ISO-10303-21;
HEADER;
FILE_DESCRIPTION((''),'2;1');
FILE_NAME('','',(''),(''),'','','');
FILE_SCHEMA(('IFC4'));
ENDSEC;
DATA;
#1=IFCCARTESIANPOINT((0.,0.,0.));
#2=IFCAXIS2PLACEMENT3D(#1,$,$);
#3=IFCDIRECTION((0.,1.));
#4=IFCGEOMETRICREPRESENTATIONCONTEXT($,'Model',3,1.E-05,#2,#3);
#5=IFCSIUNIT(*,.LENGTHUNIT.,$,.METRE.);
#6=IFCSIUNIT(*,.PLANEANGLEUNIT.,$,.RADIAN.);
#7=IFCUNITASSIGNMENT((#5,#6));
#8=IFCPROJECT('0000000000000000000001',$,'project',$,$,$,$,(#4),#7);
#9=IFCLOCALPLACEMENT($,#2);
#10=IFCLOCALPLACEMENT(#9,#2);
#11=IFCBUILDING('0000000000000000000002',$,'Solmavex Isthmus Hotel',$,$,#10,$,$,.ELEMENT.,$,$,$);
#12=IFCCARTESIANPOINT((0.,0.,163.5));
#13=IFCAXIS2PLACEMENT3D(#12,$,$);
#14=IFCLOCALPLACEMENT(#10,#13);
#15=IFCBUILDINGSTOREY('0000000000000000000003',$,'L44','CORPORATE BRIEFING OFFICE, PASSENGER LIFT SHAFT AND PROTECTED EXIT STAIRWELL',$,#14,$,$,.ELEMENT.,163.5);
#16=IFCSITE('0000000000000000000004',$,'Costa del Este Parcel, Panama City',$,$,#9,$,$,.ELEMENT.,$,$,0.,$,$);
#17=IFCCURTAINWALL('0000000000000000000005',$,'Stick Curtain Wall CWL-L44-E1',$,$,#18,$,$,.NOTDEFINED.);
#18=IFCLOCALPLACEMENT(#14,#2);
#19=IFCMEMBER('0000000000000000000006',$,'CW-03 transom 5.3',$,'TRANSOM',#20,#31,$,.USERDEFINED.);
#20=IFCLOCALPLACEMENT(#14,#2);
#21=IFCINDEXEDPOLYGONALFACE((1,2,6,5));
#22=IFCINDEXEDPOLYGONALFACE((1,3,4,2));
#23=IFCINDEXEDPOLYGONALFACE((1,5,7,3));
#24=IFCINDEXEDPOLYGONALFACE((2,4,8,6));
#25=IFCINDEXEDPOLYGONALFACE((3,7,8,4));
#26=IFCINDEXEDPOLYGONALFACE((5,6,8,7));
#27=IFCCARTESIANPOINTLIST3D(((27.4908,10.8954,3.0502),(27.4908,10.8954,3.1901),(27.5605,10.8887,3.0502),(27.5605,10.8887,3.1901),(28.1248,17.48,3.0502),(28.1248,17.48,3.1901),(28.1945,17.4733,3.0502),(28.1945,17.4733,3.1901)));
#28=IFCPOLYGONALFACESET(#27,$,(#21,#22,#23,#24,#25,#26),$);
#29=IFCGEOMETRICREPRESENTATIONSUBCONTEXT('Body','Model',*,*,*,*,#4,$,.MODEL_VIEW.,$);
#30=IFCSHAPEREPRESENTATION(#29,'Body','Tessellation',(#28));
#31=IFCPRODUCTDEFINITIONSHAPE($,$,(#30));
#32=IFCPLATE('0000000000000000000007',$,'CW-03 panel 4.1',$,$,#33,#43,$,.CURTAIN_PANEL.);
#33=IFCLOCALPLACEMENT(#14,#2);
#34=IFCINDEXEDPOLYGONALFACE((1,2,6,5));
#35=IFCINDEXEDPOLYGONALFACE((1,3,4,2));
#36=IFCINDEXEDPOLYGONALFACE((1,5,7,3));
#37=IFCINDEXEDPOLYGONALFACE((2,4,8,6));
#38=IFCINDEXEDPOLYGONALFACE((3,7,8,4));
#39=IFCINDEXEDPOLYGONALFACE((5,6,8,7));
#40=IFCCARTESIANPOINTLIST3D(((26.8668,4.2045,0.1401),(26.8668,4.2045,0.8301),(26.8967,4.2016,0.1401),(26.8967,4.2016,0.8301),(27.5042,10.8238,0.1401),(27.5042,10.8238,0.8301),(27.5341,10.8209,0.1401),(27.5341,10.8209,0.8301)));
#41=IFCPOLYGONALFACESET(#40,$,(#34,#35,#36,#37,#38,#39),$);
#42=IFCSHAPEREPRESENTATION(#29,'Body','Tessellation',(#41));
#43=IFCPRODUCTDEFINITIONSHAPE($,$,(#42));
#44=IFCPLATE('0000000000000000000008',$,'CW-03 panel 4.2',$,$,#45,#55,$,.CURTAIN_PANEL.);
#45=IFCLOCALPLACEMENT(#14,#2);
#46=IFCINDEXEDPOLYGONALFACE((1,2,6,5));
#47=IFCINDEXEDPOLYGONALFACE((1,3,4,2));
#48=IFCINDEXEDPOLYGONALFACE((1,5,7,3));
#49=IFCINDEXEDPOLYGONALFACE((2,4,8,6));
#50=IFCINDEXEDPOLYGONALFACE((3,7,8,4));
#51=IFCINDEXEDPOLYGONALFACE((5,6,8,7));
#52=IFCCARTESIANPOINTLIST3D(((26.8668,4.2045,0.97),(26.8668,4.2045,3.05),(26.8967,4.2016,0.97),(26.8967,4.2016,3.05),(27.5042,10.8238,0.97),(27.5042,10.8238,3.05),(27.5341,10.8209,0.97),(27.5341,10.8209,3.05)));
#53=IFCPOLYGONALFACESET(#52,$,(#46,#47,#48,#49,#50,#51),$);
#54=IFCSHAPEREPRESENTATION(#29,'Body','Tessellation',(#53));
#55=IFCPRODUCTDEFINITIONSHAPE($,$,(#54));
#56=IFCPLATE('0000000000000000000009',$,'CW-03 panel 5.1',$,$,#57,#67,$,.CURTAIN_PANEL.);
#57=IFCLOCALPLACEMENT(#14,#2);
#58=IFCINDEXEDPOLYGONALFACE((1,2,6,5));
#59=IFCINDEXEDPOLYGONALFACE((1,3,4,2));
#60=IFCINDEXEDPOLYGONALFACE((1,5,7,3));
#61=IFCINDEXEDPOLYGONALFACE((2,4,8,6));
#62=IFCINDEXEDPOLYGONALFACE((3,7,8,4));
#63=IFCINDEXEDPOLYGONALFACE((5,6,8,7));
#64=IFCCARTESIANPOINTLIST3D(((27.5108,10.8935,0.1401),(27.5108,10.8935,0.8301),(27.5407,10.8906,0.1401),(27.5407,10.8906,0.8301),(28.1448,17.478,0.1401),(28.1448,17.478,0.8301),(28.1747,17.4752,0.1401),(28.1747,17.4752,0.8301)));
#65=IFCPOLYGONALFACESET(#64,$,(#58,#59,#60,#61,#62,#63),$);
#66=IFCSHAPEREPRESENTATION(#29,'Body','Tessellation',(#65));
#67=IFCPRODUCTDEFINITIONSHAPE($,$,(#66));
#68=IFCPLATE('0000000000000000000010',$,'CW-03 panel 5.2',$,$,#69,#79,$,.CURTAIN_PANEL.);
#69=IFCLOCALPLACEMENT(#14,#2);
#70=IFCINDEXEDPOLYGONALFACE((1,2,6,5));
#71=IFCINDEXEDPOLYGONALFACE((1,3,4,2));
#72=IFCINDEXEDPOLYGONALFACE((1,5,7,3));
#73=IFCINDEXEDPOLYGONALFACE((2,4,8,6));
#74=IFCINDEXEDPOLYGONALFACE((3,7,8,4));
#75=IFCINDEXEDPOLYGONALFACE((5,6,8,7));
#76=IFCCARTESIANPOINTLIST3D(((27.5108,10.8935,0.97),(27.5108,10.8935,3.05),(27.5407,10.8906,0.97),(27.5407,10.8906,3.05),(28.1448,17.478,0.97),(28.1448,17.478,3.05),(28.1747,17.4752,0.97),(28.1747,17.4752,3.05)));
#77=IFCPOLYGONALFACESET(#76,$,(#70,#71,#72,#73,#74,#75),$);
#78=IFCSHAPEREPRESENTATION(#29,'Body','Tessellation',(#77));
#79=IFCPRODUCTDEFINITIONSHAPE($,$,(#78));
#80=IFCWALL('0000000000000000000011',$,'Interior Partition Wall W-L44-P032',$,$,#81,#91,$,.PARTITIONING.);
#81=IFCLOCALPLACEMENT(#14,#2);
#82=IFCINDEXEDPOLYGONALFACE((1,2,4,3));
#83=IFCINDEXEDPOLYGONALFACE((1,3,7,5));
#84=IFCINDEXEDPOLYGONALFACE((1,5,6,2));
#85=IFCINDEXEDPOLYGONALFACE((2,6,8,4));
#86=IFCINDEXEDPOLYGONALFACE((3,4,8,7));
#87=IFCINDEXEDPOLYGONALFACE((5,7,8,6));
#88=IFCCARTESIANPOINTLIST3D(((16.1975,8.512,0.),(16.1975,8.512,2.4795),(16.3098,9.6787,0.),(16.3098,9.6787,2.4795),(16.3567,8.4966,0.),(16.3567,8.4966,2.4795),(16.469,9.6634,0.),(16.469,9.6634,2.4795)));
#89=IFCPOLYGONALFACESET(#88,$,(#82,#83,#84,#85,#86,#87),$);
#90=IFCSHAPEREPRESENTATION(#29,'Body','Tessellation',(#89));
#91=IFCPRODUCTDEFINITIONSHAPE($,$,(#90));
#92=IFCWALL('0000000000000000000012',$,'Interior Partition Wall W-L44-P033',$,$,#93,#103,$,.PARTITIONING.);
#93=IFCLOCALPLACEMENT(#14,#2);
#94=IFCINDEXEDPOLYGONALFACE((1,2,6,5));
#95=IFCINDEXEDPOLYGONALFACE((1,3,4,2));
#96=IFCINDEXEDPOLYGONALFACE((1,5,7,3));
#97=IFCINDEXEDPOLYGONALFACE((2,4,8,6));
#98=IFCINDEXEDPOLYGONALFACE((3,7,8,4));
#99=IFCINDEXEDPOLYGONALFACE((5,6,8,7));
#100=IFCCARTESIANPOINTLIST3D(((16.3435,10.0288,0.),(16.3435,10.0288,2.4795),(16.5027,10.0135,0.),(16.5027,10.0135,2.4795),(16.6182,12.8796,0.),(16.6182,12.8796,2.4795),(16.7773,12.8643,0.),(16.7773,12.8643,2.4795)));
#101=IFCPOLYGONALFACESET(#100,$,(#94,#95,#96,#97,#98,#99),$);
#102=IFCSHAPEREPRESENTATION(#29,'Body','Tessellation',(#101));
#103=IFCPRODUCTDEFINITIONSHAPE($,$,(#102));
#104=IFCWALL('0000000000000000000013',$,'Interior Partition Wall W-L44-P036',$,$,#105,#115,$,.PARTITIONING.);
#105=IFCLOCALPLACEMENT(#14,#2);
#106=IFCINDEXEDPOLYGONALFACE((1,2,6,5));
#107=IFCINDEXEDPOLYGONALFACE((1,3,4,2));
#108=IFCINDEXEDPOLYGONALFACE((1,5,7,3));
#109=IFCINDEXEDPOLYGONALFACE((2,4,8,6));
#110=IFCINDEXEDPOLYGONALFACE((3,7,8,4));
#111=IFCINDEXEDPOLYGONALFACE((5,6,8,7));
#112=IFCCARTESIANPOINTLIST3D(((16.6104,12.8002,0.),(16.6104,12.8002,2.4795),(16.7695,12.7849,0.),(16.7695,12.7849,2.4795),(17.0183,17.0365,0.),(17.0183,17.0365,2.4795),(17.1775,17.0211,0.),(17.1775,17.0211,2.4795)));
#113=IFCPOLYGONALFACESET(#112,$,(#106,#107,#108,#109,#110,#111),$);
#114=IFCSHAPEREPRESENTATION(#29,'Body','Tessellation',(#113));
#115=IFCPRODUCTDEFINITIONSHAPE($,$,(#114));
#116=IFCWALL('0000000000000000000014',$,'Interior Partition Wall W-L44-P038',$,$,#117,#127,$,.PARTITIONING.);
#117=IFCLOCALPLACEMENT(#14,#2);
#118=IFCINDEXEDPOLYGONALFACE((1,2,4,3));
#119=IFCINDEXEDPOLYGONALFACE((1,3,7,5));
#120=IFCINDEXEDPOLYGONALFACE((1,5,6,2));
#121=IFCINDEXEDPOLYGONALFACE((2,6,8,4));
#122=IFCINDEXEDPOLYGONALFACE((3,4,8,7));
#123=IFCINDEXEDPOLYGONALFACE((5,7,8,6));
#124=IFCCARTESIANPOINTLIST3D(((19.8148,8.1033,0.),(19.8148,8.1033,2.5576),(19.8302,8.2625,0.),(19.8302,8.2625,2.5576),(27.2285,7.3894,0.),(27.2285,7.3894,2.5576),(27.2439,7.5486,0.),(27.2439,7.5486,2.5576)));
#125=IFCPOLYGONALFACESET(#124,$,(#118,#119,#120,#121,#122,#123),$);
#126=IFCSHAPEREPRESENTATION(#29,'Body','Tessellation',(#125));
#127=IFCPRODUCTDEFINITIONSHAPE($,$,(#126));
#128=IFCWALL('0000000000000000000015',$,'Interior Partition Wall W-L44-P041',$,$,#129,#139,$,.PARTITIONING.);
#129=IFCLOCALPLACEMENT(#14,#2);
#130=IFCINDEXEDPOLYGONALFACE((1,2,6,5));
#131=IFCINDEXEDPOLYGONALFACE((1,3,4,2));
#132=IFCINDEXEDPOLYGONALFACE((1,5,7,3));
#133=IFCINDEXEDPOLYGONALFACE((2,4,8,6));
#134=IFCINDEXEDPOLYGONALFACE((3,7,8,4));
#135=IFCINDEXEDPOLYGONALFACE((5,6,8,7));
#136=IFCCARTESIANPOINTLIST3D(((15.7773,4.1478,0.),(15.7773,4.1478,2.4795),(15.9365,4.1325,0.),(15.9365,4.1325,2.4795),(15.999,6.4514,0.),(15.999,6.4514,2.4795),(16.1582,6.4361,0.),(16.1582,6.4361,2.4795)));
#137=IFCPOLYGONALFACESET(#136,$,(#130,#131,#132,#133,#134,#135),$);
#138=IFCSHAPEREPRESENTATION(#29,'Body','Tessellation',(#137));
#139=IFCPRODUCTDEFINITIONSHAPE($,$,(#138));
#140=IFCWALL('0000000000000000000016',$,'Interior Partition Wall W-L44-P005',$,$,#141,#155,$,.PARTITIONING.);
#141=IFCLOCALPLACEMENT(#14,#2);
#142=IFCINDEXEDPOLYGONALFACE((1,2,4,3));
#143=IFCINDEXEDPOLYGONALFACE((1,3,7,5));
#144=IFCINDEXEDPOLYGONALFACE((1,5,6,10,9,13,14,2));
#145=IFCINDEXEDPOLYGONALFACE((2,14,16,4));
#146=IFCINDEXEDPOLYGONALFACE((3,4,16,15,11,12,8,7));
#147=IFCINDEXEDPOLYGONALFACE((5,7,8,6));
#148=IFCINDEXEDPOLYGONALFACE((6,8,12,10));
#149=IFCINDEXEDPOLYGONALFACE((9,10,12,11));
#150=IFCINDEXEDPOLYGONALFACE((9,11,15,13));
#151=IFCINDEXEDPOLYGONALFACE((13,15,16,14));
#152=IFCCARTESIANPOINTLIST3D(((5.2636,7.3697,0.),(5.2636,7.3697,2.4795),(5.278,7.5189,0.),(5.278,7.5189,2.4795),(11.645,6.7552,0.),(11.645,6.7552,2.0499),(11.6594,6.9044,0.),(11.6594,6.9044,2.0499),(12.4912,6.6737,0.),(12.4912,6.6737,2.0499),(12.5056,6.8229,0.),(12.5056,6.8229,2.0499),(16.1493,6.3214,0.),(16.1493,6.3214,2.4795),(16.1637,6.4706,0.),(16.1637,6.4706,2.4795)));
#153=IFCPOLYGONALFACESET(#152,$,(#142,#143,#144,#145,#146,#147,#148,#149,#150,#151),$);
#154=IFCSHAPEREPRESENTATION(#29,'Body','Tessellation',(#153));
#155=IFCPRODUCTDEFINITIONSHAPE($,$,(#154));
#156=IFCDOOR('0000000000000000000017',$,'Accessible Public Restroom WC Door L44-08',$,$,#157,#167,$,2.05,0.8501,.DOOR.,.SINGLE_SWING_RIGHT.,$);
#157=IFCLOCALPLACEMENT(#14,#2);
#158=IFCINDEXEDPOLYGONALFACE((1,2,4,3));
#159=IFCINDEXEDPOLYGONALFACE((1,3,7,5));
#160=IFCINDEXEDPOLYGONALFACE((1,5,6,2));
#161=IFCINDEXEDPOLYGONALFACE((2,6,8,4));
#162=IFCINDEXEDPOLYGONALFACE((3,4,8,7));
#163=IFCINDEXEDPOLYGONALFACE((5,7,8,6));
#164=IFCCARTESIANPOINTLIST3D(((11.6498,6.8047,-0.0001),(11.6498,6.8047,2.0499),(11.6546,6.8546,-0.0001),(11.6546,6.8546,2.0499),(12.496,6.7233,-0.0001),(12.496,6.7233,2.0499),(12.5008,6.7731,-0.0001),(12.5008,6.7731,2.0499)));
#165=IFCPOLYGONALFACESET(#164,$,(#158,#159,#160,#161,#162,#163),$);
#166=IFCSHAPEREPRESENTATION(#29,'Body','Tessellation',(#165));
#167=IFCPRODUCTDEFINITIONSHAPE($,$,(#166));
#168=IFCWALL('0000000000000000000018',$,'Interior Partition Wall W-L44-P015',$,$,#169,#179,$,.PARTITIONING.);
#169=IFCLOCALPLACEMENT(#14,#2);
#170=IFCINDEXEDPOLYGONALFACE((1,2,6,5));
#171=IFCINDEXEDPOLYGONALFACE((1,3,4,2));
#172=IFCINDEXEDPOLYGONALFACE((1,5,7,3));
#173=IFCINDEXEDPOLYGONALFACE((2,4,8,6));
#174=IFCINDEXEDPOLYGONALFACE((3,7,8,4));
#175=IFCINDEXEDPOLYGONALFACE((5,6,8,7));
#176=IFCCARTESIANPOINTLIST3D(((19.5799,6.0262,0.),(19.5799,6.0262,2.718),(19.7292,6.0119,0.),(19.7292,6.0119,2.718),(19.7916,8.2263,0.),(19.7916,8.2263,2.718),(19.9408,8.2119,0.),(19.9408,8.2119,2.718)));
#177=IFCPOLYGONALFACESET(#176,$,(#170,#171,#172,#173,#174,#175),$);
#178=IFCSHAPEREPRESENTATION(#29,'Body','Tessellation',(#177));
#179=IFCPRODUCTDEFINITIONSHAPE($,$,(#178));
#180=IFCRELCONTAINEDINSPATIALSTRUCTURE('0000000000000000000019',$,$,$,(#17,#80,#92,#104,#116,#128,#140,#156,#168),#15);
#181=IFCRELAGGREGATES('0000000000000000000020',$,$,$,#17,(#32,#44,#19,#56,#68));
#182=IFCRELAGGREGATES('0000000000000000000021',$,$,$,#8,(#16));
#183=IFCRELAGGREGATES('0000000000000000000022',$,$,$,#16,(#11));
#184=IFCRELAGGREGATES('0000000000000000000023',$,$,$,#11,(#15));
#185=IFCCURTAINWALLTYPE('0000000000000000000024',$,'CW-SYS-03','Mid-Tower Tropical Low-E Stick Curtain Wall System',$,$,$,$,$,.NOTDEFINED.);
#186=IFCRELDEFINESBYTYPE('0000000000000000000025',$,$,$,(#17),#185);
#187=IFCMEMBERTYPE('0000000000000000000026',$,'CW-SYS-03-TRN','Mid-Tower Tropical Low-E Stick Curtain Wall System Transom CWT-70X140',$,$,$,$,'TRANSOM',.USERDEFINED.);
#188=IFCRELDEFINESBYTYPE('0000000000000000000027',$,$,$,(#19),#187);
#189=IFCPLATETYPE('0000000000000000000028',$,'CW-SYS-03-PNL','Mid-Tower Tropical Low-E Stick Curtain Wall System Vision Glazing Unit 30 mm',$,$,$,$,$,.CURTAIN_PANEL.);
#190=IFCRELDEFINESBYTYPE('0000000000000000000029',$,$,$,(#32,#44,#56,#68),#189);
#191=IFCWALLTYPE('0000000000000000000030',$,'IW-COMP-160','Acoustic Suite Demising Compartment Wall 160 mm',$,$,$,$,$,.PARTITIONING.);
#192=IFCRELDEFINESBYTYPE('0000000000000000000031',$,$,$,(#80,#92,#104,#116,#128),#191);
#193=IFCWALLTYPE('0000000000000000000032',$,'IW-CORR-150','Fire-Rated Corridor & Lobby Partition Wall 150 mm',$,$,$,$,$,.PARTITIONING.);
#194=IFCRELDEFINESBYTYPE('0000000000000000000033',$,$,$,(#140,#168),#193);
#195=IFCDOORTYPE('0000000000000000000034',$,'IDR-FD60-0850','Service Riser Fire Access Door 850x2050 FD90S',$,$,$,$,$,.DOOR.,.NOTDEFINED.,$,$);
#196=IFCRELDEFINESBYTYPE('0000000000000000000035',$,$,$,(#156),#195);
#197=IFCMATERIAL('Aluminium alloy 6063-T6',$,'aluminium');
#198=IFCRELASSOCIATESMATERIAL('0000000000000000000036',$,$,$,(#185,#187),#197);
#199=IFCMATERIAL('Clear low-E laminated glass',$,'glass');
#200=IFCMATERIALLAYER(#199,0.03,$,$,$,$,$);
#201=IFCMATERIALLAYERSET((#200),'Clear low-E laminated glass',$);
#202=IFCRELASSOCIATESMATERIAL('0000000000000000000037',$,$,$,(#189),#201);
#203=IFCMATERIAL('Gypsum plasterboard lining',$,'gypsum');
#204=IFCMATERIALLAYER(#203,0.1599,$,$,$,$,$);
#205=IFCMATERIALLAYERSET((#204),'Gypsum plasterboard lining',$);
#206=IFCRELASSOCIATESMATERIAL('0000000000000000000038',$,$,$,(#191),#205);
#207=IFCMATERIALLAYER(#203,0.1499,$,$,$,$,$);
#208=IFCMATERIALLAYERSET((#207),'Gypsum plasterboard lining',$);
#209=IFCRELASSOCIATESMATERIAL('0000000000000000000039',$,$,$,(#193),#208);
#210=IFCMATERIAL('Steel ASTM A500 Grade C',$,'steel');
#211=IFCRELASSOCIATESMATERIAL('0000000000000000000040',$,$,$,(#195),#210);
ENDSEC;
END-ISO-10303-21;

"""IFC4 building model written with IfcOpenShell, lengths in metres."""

from ifc_helpers import new_model, si_unit, direction, frame, frame_2d, origin, origin_2d, place, context, subcontext, project, spatial, rectangle, extrude, material, layer, layer_set, material_profile, profile_set, type_object, element, fill, aggregate, save


model = new_model("IFC4")

# Units and contexts
model_context = context("Model", 3, precision=1e-05, world=origin(), true_north=direction((0.0, 1.0)))
body_context = subcontext(model_context, "Body", "Model", "MODEL_VIEW")
ifc_project = project(units=[si_unit("LENGTHUNIT", "METRE"), si_unit("PLANEANGLEUNIT", "RADIAN")], contexts=[model_context])

# Site, building, storey
site_placement = place(None, origin())
site = spatial("IfcSite", under=ifc_project, at=site_placement, Name="Costa del Este Parcel, Panama City", CompositionType="ELEMENT", RefElevation=0.0)
building_placement = place(site_placement, origin())
building = spatial("IfcBuilding", under=site, at=building_placement, Name="Solmavex Isthmus Hotel", CompositionType="ELEMENT")
storey_placement = place(building_placement, frame((0.0, 0.0, 163.5)))
storey = spatial("IfcBuildingStorey", under=building, at=storey_placement, Name="L44", Description="CORPORATE BRIEFING OFFICE, PASSENGER LIFT SHAFT AND PROTECTED EXIT STAIRWELL", CompositionType="ELEMENT", Elevation=163.5)

# Curtain wall, member, plates
ifc_material_1 = material(Name="Aluminium alloy 6063-T6", Category="aluminium")
curtain_wall_type = type_object("IfcCurtainWallType", Name="CW-SYS-03", Description="Mid-Tower Tropical Low-E Stick Curtain Wall System", PredefinedType="NOTDEFINED", material=ifc_material_1)
curtain_wall_placement = place(storey_placement, origin())
curtain_wall = element("IfcCurtainWall", 1, at=curtain_wall_placement, inside=storey, type_object=curtain_wall_type, Name="Stick Curtain Wall CWL-L44-E1", PredefinedType="NOTDEFINED")
ifc_material_profile_1 = material_profile(ifc_material_1, rectangle(XDim=0.0701, YDim=0.1399, at=origin_2d()), Name="CWT-70X140")
ifc_profile_set_1 = profile_set([ifc_material_profile_1], Name="Aluminium alloy 6063-T6")
member_type_1 = type_object("IfcMemberType", Name="CW-SYS-03-TRN", Description="Mid-Tower Tropical Low-E Stick Curtain Wall System Transom CWT-70X140", ElementType="TRANSOM", PredefinedType="USERDEFINED", material=ifc_profile_set_1)
member_1_placement = place(storey_placement, frame((27.5256, 10.8921, 3.1201), z_axis=(0.095849, 0.995396, 0.0), x_axis=(-0.995396, 0.095849, 0.0)))
member_1 = element("IfcMember", 2, at=member_1_placement, type_object=member_type_1, Name="CW-03 transom 5.3", ObjectType="TRANSOM", PredefinedType="USERDEFINED", context=body_context, shape_type="SweptSolid", body=[
    extrude(rectangle(XDim=0.0701, YDim=0.1399, at=origin_2d()), origin(), (0.0, 0.0, 1.0), 6.615),
])
ifc_material_2 = material(Name="Clear low-E laminated glass", Category="glass")
ifc_layer_1 = layer(ifc_material_2, 0.03)
ifc_layer_set_1 = layer_set([ifc_layer_1], Name="Clear low-E laminated glass")
plate_type = type_object("IfcPlateType", Name="CW-SYS-03-PNL", Description="Mid-Tower Tropical Low-E Stick Curtain Wall System Vision Glazing Unit 30 mm", PredefinedType="CURTAIN_PANEL", material=ifc_layer_set_1)
plate_1_placement = place(storey_placement, frame((27.2004, 7.5127, 0.1401), z_axis=(0.0, 0.0, 1.0), x_axis=(0.095846, 0.995396, 0.0)))
plate_1 = element("IfcPlate", 3, at=plate_1_placement, type_object=plate_type, Name="CW-03 panel 4.1", PredefinedType="CURTAIN_PANEL", context=body_context, shape_type="SweptSolid", body=[
    extrude(rectangle(XDim=6.6499, YDim=0.03, at=origin_2d()), origin(), (0.0, 0.0, 1.0), 0.6899),
])
plate_2_placement = place(storey_placement, frame((27.2004, 7.5127, 0.97), z_axis=(0.0, 0.0, 1.0), x_axis=(0.095846, 0.995396, 0.0)))
plate_2 = element("IfcPlate", 4, at=plate_2_placement, type_object=plate_type, Name="CW-03 panel 4.2", PredefinedType="CURTAIN_PANEL", context=body_context, shape_type="SweptSolid", body=[
    extrude(rectangle(XDim=6.6499, YDim=0.03, at=origin_2d()), origin(), (0.0, 0.0, 1.0), 2.0801),
])
plate_3_placement = place(storey_placement, frame((27.8428, 14.1843, 0.1401), z_axis=(0.0, 0.0, 1.0), x_axis=(0.095846, 0.995396, 0.0)))
plate_3 = element("IfcPlate", 5, at=plate_3_placement, type_object=plate_type, Name="CW-03 panel 5.1", PredefinedType="CURTAIN_PANEL", context=body_context, shape_type="SweptSolid", body=[
    extrude(rectangle(XDim=6.615, YDim=0.03, at=origin_2d()), origin(), (0.0, 0.0, 1.0), 0.6899),
])
plate_4_placement = place(storey_placement, frame((27.8428, 14.1843, 0.97), z_axis=(0.0, 0.0, 1.0), x_axis=(0.095846, 0.995396, 0.0)))
plate_4 = element("IfcPlate", 6, at=plate_4_placement, type_object=plate_type, Name="CW-03 panel 5.2", PredefinedType="CURTAIN_PANEL", context=body_context, shape_type="SweptSolid", body=[
    extrude(rectangle(XDim=6.615, YDim=0.03, at=origin_2d()), origin(), (0.0, 0.0, 1.0), 2.0801),
])
aggregate(curtain_wall, [plate_1, plate_2, member_1, plate_3, plate_4])

# Walls
ifc_material_3 = material(Name="Gypsum plasterboard lining", Category="gypsum")
ifc_layer_2 = layer(ifc_material_3, 0.1599)
ifc_layer_set_2 = layer_set([ifc_layer_2], Name="Gypsum plasterboard lining")
wall_type_1 = type_object("IfcWallType", Name="IW-COMP-160", Description="Acoustic Suite Demising Compartment Wall 160 mm", PredefinedType="PARTITIONING", material=ifc_layer_set_2)
wall_1_placement = place(storey_placement, frame((16.3894, 9.6709, 0.0), z_axis=(0.0, 0.0, 1.0), x_axis=(-0.095812, -0.995399, 0.0)))
element("IfcWall", 7, at=wall_1_placement, inside=storey, type_object=wall_type_1, Name="Interior Partition Wall W-L44-P032", PredefinedType="PARTITIONING", context=body_context, shape_type="SweptSolid", body=[
    extrude(rectangle(XDim=1.1721, YDim=0.1599, at=frame_2d((0.5859, 0.0))), origin(), (0.0, 0.0, 1.0), 2.4795),
])
wall_2_placement = place(storey_placement, frame((16.6978, 12.8721, 0.0), z_axis=(0.0, 0.0, 1.0), x_axis=(-0.095899, -0.995391, 0.0)))
element("IfcWall", 8, at=wall_2_placement, inside=storey, type_object=wall_type_1, Name="Interior Partition Wall W-L44-P033", PredefinedType="PARTITIONING", context=body_context, shape_type="SweptSolid", body=[
    extrude(rectangle(XDim=2.864, YDim=0.1599, at=frame_2d((1.4321, 0.0))), origin(), (0.0, 0.0, 1.0), 2.4795),
])
wall_3_placement = place(storey_placement, frame((17.0979, 17.0288, 0.0), z_axis=(0.0, 0.0, 1.0), x_axis=(-0.095857, -0.995395, 0.0)))
element("IfcWall", 9, at=wall_3_placement, inside=storey, type_object=wall_type_1, Name="Interior Partition Wall W-L44-P036", PredefinedType="PARTITIONING", context=body_context, shape_type="SweptSolid", body=[
    extrude(rectangle(XDim=4.2559, YDim=0.1599, at=frame_2d((2.1279, 0.0))), origin(), (0.0, 0.0, 1.0), 2.4795),
])
wall_4_placement = place(storey_placement, frame((27.2363, 7.469, 0.0), z_axis=(0.0, 0.0, 1.0), x_axis=(-0.995396, 0.095845, 0.0)))
element("IfcWall", 10, at=wall_4_placement, inside=storey, type_object=wall_type_1, Name="Interior Partition Wall W-L44-P038", PredefinedType="PARTITIONING", context=body_context, shape_type="SweptSolid", body=[
    extrude(rectangle(XDim=7.448, YDim=0.1599, at=frame_2d((3.7241, 0.0))), origin(), (0.0, 0.0, 1.0), 2.5576),
])
wall_5_placement = place(storey_placement, frame((16.0786, 6.4438, 0.0), z_axis=(0.0, 0.0, 1.0), x_axis=(-0.095795, -0.995401, 0.0)))
element("IfcWall", 11, at=wall_5_placement, inside=storey, type_object=wall_type_1, Name="Interior Partition Wall W-L44-P041", PredefinedType="PARTITIONING", context=body_context, shape_type="SweptSolid", body=[
    extrude(rectangle(XDim=2.3142, YDim=0.1599, at=frame_2d((1.1572, 0.0))), origin(), (0.0, 0.0, 1.0), 2.4795),
])

# Wall, opening, door
ifc_layer_3 = layer(ifc_material_3, 0.1499)
ifc_layer_set_3 = layer_set([ifc_layer_3], Name="Gypsum plasterboard lining")
wall_type_2 = type_object("IfcWallType", Name="IW-CORR-150", Description="Fire-Rated Corridor & Lobby Partition Wall 150 mm", PredefinedType="PARTITIONING", material=ifc_layer_set_3)
wall_6_placement = place(storey_placement, frame((16.1565, 6.396, 0.0), z_axis=(0.0, 0.0, 1.0), x_axis=(-0.995395, 0.09586, 0.0)))
wall_6 = element("IfcWall", 12, at=wall_6_placement, inside=storey, type_object=wall_type_2, Name="Interior Partition Wall W-L44-P005", PredefinedType="PARTITIONING", context=body_context, shape_type="SweptSolid", body=[
    extrude(rectangle(XDim=10.936, YDim=0.1499, at=frame_2d((5.468, 0.0))), origin(), (0.0, 0.0, 1.0), 2.4795),
])
opening_1_placement = place(wall_6_placement, frame((3.675, 0.0, 0.0)))
opening_1 = element("IfcOpeningElement", 13, at=opening_1_placement, cuts=wall_6, PredefinedType="OPENING", context=body_context, shape_type="SweptSolid", body=[
    extrude(rectangle(XDim=0.8501, YDim=2.05, at=frame_2d((0.425, 1.0249))), frame((0.0, 0.085, 0.0), z_axis=(0.0, -1.0, 0.0), x_axis=(1.0, 0.0, 0.0)), (0.0, 0.0, 1.0), 0.1699),
])
ifc_material_4 = material(Name="Steel ASTM A500 Grade C", Category="steel")
door_type_1 = type_object("IfcDoorType", Name="IDR-FD60-0850", Description="Service Riser Fire Access Door 850x2050 FD90S", OperationType="NOTDEFINED", PredefinedType="DOOR", material=ifc_material_4)
door_1_placement = place(opening_1_placement, frame((0.8501, 0.0, 0.0), z_axis=(0.0, 0.0, 1.0), x_axis=(-1.0, 0.0, 0.0)))
door_1 = element("IfcDoor", 14, at=door_1_placement, inside=storey, type_object=door_type_1, Name="Accessible Public Restroom WC Door L44-08", OperationType="SINGLE_SWING_RIGHT", OverallHeight=2.05, OverallWidth=0.8501, PredefinedType="DOOR", context=body_context, shape_type="SweptSolid", body=[
    extrude(rectangle(XDim=0.8501, YDim=2.05, at=frame_2d((0.425, 1.0249))), frame((0.0, 0.0249, 0.0), z_axis=(0.0, -1.0, 0.0), x_axis=(1.0, 0.0, 0.0)), (0.0, 0.0, 1.0), 0.05),
])
fill(opening_1, door_1)

# Wall
wall_7_placement = place(storey_placement, frame((19.8662, 8.219, 0.0), z_axis=(0.0, 0.0, 1.0), x_axis=(-0.095773, -0.995403, 0.0)))
element("IfcWall", 15, at=wall_7_placement, inside=storey, type_object=wall_type_2, Name="Interior Partition Wall W-L44-P015", PredefinedType="PARTITIONING", context=body_context, shape_type="SweptSolid", body=[
    extrude(rectangle(XDim=2.2102, YDim=0.1499, at=frame_2d((1.105, 0.0))), origin(), (0.0, 0.0, 1.0), 2.718),
])

save(model, "model.ifc")
